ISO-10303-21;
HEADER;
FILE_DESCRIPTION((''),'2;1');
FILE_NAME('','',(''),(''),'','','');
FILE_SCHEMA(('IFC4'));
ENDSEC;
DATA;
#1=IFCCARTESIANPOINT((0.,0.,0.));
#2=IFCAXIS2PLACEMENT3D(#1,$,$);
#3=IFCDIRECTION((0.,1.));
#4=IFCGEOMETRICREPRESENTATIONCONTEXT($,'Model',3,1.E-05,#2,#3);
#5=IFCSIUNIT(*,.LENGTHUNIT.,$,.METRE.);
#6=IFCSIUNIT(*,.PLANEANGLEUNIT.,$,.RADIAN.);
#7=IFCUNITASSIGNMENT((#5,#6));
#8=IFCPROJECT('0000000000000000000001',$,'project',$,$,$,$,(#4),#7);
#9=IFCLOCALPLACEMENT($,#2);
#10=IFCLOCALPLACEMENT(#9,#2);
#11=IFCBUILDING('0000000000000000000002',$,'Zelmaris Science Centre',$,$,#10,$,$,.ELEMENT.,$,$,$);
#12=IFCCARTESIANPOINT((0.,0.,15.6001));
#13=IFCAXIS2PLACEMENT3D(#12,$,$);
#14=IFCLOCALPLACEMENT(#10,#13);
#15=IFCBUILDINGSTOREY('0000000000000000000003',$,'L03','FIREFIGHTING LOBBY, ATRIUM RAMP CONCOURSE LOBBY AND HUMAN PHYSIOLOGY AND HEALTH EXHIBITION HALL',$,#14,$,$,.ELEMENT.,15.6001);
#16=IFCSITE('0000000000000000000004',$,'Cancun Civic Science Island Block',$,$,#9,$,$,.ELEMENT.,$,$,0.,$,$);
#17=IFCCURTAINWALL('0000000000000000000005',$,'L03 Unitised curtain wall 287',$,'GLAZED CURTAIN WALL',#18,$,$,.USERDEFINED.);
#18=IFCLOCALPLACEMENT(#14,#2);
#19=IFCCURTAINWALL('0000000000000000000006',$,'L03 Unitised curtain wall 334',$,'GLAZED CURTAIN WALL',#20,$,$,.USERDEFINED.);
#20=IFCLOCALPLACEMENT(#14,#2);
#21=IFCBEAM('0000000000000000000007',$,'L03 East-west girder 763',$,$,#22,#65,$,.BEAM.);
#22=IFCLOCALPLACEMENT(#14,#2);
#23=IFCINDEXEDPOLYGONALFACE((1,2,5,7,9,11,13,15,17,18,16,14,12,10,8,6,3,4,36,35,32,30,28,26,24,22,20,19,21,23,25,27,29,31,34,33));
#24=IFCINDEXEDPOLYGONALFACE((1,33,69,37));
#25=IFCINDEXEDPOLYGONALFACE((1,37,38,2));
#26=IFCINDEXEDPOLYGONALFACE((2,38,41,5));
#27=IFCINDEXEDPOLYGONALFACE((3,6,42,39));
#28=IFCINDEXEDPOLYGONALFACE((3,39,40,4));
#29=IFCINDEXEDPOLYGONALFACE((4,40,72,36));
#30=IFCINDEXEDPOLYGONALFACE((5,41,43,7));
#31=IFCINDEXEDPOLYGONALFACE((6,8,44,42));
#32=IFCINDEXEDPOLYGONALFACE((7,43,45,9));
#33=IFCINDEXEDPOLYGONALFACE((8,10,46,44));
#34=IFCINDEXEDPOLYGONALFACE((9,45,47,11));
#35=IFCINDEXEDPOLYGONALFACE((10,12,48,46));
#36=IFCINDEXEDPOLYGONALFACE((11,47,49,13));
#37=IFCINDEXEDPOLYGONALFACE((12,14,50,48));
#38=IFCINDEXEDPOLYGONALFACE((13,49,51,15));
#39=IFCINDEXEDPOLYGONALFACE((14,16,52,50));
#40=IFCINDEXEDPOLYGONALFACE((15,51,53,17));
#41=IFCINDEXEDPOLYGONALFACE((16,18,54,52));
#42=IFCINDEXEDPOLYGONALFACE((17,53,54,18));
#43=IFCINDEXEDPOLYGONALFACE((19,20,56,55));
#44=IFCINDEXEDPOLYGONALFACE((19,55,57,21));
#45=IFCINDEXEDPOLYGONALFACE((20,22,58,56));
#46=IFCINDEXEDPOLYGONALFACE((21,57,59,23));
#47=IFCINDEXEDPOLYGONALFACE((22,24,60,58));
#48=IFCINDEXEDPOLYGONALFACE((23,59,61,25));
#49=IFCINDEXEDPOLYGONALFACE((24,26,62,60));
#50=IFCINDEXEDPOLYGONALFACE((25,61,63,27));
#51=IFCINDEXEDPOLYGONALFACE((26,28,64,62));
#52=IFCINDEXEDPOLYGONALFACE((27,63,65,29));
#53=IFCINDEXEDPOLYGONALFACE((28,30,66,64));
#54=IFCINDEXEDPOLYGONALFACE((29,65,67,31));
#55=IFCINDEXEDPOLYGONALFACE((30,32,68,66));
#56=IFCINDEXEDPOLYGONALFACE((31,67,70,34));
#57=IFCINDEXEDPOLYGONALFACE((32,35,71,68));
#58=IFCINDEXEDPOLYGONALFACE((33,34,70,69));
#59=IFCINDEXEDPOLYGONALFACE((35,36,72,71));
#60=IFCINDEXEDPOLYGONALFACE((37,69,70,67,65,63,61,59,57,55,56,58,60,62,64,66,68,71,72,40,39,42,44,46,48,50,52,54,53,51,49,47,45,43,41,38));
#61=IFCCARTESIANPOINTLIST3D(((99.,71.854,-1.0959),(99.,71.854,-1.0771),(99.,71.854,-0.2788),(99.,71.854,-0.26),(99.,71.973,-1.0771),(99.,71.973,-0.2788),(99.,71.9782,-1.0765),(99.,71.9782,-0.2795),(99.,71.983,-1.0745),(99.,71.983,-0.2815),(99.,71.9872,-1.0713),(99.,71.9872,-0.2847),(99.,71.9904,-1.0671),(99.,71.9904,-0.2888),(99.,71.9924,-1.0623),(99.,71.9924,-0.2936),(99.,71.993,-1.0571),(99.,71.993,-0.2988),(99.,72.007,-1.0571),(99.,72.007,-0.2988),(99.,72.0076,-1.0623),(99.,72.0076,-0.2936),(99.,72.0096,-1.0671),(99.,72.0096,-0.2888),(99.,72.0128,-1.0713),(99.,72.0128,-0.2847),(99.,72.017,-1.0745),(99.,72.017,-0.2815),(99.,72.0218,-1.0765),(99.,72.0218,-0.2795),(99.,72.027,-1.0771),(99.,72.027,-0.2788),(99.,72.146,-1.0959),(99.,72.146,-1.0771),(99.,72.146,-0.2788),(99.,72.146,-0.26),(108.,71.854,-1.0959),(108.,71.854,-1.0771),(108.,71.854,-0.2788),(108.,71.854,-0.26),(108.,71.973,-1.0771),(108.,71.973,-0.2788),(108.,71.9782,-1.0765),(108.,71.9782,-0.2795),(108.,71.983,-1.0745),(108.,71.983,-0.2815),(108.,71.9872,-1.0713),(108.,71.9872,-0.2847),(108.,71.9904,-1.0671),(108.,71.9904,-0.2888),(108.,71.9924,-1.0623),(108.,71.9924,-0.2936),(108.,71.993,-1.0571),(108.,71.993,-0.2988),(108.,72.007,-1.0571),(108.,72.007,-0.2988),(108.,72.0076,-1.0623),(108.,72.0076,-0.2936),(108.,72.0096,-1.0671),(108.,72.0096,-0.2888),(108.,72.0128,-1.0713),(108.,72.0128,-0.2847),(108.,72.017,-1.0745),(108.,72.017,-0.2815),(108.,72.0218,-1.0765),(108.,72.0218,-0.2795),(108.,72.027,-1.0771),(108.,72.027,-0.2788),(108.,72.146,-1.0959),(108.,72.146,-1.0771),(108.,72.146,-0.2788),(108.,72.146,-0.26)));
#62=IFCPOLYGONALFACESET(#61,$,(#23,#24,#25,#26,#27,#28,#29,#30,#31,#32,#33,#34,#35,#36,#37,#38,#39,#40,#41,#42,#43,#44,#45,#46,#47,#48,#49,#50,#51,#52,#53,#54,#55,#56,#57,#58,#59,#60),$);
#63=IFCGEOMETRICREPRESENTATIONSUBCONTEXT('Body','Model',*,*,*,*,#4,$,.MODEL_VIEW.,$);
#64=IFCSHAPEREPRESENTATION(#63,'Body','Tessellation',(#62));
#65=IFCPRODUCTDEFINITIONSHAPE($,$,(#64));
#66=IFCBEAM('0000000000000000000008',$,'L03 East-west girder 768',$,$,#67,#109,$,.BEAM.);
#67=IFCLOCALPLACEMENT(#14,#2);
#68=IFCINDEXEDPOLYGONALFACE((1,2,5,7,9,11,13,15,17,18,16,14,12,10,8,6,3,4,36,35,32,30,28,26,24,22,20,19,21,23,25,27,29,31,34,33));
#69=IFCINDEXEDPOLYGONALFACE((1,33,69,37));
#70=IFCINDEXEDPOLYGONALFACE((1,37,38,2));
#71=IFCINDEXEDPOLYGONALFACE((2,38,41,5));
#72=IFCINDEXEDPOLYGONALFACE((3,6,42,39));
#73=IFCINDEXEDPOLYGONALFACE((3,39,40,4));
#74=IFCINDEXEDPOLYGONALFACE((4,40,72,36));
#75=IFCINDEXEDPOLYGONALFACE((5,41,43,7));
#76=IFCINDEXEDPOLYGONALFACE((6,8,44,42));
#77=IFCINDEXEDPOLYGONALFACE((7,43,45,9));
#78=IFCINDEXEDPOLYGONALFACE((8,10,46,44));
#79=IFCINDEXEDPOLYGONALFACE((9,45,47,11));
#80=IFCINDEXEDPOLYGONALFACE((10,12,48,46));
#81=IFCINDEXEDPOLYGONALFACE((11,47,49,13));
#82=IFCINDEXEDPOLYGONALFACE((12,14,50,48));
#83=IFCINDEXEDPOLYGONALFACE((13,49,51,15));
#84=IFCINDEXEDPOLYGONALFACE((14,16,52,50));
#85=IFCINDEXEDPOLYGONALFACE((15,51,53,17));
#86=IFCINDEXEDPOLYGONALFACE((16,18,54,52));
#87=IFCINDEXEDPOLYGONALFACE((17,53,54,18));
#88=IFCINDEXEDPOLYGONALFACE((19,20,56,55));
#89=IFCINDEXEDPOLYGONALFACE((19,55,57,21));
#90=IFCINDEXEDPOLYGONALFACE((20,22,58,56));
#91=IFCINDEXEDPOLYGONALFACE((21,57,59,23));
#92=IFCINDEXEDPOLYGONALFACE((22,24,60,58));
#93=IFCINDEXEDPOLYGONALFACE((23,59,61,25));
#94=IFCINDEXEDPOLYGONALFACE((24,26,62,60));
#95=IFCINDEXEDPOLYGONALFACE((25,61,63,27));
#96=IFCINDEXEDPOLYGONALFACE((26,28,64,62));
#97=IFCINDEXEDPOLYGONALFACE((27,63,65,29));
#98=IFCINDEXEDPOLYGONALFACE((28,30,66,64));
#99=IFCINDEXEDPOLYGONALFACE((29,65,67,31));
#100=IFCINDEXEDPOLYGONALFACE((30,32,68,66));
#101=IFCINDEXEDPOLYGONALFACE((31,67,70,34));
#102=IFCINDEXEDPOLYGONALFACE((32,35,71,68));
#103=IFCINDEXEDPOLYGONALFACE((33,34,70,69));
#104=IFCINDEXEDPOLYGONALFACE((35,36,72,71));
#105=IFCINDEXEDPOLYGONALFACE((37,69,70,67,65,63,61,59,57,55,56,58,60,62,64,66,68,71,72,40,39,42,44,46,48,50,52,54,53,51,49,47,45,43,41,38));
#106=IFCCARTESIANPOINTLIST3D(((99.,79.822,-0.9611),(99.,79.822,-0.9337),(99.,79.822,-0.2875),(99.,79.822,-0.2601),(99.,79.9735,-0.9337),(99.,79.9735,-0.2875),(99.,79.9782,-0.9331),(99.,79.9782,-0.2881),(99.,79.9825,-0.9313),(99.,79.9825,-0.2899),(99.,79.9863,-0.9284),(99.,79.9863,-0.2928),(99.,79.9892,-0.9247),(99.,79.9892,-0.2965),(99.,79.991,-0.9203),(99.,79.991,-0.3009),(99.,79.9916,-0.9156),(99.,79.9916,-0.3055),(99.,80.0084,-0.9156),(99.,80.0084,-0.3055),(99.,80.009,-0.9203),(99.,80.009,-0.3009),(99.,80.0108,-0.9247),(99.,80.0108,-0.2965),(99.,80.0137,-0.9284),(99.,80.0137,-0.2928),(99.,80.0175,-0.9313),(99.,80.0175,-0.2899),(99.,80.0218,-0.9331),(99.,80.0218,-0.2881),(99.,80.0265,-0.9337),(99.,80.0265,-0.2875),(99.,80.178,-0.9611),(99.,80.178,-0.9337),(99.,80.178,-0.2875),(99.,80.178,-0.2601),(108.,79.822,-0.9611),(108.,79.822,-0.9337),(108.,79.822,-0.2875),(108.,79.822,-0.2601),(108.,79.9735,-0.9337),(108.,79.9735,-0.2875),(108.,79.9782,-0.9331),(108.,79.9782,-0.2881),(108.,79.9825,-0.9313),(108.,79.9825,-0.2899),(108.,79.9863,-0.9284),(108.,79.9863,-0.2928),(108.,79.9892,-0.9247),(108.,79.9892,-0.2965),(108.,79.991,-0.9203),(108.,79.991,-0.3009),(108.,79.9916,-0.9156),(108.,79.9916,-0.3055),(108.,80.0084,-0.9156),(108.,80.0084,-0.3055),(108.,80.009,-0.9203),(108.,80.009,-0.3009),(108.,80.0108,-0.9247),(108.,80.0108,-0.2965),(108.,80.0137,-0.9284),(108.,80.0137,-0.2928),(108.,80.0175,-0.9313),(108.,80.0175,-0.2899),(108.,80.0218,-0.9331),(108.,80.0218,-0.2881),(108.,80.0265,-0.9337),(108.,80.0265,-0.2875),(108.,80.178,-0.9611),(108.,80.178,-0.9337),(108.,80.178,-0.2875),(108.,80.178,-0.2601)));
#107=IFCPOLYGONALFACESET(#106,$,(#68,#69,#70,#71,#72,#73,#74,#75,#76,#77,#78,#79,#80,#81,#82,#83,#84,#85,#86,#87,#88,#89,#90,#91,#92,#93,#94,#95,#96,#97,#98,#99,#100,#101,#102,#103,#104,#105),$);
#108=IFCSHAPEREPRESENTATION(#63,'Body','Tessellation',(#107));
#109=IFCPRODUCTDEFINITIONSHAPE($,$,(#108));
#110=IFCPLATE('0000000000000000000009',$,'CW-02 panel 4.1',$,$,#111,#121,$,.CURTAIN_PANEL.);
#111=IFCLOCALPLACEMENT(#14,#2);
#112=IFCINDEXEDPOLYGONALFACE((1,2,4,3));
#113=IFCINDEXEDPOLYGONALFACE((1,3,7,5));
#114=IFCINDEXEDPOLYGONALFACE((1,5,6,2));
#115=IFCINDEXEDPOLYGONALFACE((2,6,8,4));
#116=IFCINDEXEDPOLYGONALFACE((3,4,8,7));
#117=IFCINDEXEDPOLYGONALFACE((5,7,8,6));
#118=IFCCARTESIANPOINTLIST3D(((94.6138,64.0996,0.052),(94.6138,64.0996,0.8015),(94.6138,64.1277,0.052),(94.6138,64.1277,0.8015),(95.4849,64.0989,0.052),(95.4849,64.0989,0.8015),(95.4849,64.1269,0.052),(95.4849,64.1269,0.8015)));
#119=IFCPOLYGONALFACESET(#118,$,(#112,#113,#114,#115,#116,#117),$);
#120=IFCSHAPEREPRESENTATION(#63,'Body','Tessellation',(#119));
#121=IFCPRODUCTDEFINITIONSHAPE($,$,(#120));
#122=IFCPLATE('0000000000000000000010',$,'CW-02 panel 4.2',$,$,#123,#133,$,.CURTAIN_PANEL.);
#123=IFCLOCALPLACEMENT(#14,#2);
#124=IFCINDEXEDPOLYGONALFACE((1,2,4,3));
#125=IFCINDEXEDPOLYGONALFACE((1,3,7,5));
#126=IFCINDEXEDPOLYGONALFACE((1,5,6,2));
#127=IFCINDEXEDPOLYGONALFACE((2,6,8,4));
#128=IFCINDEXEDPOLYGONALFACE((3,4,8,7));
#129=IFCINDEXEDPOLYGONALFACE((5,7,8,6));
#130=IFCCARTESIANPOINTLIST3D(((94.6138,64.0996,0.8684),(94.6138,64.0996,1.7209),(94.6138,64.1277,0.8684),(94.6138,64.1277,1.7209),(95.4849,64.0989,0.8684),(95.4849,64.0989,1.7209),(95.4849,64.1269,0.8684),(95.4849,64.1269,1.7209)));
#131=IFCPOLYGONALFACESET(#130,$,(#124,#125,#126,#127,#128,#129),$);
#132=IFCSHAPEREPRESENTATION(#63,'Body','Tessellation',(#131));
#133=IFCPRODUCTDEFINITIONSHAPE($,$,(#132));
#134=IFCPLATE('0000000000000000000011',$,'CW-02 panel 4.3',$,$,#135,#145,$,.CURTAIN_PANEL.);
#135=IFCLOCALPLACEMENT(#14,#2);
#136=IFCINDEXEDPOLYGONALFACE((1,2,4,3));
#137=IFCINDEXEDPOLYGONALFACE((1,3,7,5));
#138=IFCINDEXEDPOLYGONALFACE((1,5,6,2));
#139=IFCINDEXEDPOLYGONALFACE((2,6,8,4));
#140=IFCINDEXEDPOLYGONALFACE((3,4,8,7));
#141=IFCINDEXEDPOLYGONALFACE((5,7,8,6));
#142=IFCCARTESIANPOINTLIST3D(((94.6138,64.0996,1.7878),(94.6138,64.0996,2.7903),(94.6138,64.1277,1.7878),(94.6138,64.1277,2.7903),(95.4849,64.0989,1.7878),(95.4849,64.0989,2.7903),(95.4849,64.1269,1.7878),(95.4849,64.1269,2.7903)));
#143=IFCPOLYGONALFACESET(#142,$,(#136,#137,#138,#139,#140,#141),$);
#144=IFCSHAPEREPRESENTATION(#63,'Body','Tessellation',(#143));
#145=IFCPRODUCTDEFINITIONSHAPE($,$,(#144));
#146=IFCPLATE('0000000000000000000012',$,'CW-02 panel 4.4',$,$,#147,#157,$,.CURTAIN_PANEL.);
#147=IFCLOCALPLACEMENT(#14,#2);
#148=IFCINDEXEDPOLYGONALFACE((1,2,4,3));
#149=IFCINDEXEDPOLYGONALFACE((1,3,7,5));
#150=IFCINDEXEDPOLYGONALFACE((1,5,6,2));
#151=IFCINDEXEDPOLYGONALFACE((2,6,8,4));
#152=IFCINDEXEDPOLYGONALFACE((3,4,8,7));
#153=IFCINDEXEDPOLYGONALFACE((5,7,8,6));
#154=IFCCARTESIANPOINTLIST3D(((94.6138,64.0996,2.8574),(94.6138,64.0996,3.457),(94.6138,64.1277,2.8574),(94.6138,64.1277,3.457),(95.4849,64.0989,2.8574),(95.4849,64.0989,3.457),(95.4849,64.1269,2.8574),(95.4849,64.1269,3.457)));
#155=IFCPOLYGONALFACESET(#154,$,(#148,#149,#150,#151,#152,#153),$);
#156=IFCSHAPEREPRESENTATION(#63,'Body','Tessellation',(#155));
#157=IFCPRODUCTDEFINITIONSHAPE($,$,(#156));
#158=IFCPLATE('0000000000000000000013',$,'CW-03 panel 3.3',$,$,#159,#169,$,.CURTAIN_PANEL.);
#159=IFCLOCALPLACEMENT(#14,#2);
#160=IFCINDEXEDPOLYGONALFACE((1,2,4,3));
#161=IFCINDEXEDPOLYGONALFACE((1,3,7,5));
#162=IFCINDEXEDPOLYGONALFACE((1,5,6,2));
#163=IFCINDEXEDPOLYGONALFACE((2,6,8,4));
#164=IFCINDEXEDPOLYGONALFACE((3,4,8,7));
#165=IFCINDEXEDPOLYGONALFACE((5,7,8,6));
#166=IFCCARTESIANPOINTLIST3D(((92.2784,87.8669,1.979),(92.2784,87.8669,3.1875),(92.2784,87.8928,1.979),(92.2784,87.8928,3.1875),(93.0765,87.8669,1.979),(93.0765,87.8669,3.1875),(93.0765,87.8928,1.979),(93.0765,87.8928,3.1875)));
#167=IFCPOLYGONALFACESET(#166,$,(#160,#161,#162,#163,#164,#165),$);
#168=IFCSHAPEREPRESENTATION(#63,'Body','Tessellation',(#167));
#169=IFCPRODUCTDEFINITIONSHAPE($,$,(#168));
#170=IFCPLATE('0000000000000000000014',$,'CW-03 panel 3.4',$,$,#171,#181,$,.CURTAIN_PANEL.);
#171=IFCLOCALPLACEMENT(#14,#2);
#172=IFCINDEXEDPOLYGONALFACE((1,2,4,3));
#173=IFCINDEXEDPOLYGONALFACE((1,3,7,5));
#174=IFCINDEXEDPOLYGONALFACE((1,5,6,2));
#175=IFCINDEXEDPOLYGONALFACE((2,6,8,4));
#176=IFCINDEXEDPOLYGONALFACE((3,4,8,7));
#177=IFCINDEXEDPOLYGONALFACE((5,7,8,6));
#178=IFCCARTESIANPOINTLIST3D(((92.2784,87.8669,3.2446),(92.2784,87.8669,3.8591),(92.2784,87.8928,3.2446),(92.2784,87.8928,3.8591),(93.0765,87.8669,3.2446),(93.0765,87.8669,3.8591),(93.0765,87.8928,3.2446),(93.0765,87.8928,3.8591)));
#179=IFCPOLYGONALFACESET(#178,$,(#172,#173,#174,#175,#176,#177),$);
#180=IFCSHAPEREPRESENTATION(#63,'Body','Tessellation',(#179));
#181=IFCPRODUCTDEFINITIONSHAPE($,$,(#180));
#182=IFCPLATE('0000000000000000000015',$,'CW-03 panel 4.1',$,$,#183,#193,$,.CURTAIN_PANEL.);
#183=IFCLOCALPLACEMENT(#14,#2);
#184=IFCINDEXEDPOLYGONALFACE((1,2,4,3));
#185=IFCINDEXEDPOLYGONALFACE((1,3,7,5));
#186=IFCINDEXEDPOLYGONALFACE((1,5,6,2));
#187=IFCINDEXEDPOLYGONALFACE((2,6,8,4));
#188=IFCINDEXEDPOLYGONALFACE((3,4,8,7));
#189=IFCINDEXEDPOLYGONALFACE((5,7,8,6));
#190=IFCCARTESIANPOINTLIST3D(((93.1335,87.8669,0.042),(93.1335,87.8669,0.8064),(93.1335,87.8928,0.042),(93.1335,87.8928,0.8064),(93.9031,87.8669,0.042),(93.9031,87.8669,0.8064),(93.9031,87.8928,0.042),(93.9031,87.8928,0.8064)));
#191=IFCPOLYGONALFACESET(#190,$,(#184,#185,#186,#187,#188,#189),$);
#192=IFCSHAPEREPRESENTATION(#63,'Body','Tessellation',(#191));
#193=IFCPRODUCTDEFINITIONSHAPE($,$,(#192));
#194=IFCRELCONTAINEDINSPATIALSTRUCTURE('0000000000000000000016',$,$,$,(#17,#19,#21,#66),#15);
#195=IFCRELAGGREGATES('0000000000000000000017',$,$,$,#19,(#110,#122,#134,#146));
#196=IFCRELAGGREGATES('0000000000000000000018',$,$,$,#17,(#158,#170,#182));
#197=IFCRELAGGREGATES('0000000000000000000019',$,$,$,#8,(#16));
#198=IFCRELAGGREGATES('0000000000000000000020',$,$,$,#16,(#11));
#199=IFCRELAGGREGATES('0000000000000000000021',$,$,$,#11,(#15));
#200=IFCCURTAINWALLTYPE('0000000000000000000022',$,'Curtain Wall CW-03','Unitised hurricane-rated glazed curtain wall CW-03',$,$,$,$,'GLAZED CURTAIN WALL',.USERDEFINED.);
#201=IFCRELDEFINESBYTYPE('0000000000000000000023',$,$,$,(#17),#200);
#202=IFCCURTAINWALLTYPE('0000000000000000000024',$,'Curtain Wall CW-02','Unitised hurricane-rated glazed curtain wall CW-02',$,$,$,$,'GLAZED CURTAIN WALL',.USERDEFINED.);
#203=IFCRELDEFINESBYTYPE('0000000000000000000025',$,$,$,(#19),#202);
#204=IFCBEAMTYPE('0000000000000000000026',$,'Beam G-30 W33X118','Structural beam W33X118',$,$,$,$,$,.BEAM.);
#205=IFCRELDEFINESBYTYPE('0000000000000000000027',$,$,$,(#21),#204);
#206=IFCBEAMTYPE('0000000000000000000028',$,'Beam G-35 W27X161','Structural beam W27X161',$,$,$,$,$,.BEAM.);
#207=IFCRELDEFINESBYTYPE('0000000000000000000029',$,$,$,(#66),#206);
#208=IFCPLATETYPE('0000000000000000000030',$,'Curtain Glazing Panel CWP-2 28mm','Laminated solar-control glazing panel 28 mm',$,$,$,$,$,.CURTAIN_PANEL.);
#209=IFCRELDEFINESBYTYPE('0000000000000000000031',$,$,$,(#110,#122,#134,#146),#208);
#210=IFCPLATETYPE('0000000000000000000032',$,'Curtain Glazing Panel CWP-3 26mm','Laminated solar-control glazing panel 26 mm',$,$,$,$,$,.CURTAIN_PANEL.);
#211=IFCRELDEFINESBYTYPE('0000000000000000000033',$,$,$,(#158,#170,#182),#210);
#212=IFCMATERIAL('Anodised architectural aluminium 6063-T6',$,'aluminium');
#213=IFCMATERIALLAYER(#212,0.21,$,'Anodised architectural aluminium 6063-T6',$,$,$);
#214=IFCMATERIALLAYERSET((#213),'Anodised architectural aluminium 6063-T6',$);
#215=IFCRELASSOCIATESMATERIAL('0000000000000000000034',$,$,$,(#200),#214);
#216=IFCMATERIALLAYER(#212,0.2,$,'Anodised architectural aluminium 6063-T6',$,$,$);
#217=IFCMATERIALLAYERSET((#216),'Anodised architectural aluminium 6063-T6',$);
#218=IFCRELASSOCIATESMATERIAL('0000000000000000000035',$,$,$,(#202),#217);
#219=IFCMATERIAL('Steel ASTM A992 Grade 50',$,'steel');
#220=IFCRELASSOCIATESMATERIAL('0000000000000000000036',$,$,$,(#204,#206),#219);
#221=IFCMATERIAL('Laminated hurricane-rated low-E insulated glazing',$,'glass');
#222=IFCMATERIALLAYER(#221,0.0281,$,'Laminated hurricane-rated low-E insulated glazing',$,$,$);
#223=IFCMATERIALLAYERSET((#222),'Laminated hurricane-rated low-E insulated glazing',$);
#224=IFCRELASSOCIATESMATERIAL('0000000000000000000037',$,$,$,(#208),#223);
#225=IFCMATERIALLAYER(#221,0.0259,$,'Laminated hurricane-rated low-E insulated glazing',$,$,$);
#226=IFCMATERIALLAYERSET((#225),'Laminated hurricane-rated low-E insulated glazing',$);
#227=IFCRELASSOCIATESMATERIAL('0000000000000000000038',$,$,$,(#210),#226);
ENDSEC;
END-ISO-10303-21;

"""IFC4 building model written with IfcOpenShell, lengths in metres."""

from ifc_helpers import new_model, si_unit, direction, frame, origin, origin_2d, place, context, subcontext, project, spatial, rectangle, i_section, extrude, material, layer, layer_set, material_profile, profile_set, type_object, element, aggregate, save


model = new_model("IFC4")

# Units and contexts
model_context = context("Model", 3, precision=1e-05, world=origin(), true_north=direction((0.0, 1.0)))
body_context = subcontext(model_context, "Body", "Model", "MODEL_VIEW")
ifc_project = project(units=[si_unit("LENGTHUNIT", "METRE"), si_unit("PLANEANGLEUNIT", "RADIAN")], contexts=[model_context])

# Site, building, storey
site_placement = place(None, origin())
site = spatial("IfcSite", under=ifc_project, at=site_placement, Name="Cancun Civic Science Island Block", CompositionType="ELEMENT", RefElevation=0.0)
building_placement = place(site_placement, origin())
building = spatial("IfcBuilding", under=site, at=building_placement, Name="Zelmaris Science Centre", CompositionType="ELEMENT")
storey_placement = place(building_placement, frame((0.0, 0.0, 15.6001)))
storey = spatial("IfcBuildingStorey", under=building, at=storey_placement, Name="L03", Description="FIREFIGHTING LOBBY, ATRIUM RAMP CONCOURSE LOBBY AND HUMAN PHYSIOLOGY AND HEALTH EXHIBITION HALL", CompositionType="ELEMENT", Elevation=15.6001)

# Shared definitions
ifc_material_1 = material(Name="Steel ASTM A992 Grade 50", Category="steel")

# Curtain walls
ifc_material_2 = material(Name="Anodised architectural aluminium 6063-T6", Category="aluminium")
ifc_layer_1 = layer(ifc_material_2, 0.21, Name="Anodised architectural aluminium 6063-T6")
ifc_layer_set_1 = layer_set([ifc_layer_1], Name="Anodised architectural aluminium 6063-T6")
curtain_wall_type_1 = type_object("IfcCurtainWallType", Name="Curtain Wall CW-03", Description="Unitised hurricane-rated glazed curtain wall CW-03", ElementType="GLAZED CURTAIN WALL", PredefinedType="USERDEFINED", material=ifc_layer_set_1)
curtain_wall_1_placement = place(storey_placement, origin())
curtain_wall_1 = element("IfcCurtainWall", 1, at=curtain_wall_1_placement, inside=storey, type_object=curtain_wall_type_1, Name="L03 Unitised curtain wall 287", ObjectType="GLAZED CURTAIN WALL", PredefinedType="USERDEFINED")
ifc_layer_2 = layer(ifc_material_2, 0.2, Name="Anodised architectural aluminium 6063-T6")
ifc_layer_set_2 = layer_set([ifc_layer_2], Name="Anodised architectural aluminium 6063-T6")
curtain_wall_type_2 = type_object("IfcCurtainWallType", Name="Curtain Wall CW-02", Description="Unitised hurricane-rated glazed curtain wall CW-02", ElementType="GLAZED CURTAIN WALL", PredefinedType="USERDEFINED", material=ifc_layer_set_2)
curtain_wall_2_placement = place(storey_placement, origin())
curtain_wall_2 = element("IfcCurtainWall", 2, at=curtain_wall_2_placement, inside=storey, type_object=curtain_wall_type_2, Name="L03 Unitised curtain wall 334", ObjectType="GLAZED CURTAIN WALL", PredefinedType="USERDEFINED")

# Beams
ifc_material_profile_1 = material_profile(ifc_material_1, i_section(OverallWidth=0.292, OverallDepth=0.8359, WebThickness=0.0139, FlangeThickness=0.0188, FilletRadius=0.02, at=origin_2d()), Name="W33X118")
ifc_profile_set_1 = profile_set([ifc_material_profile_1], Name="Steel ASTM A992 Grade 50")
beam_type_1 = type_object("IfcBeamType", Name="Beam G-30 W33X118", Description="Structural beam W33X118", PredefinedType="BEAM", material=ifc_profile_set_1)
beam_1_placement = place(storey_placement, frame((99.0, 72.0, -0.678), z_axis=(1.0, 0.0, 0.0), x_axis=(0.0, 1.0, 0.0)))
element("IfcBeam", 3, at=beam_1_placement, inside=storey, type_object=beam_type_1, Name="L03 East-west girder 763", PredefinedType="BEAM", context=body_context, shape_type="SweptSolid", body=[
    extrude(i_section(OverallWidth=0.292, OverallDepth=0.8359, WebThickness=0.0139, FlangeThickness=0.0188, FilletRadius=0.02, at=origin_2d()), origin(), (0.0, 0.0, 1.0), 9.0),
])
ifc_material_profile_2 = material_profile(ifc_material_1, i_section(OverallWidth=0.356, OverallDepth=0.7009, WebThickness=0.0168, FlangeThickness=0.0273, FilletRadius=0.0181, at=origin_2d()), Name="W27X161")
ifc_profile_set_2 = profile_set([ifc_material_profile_2], Name="Steel ASTM A992 Grade 50")
beam_type_2 = type_object("IfcBeamType", Name="Beam G-35 W27X161", Description="Structural beam W27X161", PredefinedType="BEAM", material=ifc_profile_set_2)
beam_2_placement = place(storey_placement, frame((99.0, 80.0, -0.6106), z_axis=(1.0, 0.0, 0.0), x_axis=(0.0, 1.0, 0.0)))
element("IfcBeam", 4, at=beam_2_placement, inside=storey, type_object=beam_type_2, Name="L03 East-west girder 768", PredefinedType="BEAM", context=body_context, shape_type="SweptSolid", body=[
    extrude(i_section(OverallWidth=0.356, OverallDepth=0.7009, WebThickness=0.0168, FlangeThickness=0.0273, FilletRadius=0.0181, at=origin_2d()), origin(), (0.0, 0.0, 1.0), 9.0),
])

# Plates
ifc_material_3 = material(Name="Laminated hurricane-rated low-E insulated glazing", Category="glass")
ifc_layer_3 = layer(ifc_material_3, 0.0281, Name="Laminated hurricane-rated low-E insulated glazing")
ifc_layer_set_3 = layer_set([ifc_layer_3], Name="Laminated hurricane-rated low-E insulated glazing")
plate_type_1 = type_object("IfcPlateType", Name="Curtain Glazing Panel CWP-2 28mm", Description="Laminated solar-control glazing panel 28 mm", PredefinedType="CURTAIN_PANEL", material=ifc_layer_set_3)
plate_1_placement = place(storey_placement, frame((95.0493, 64.1133, 0.052), z_axis=(0.0, 0.0, 1.0), x_axis=(-1.0, 0.000849, 0.0)))
plate_1 = element("IfcPlate", 5, at=plate_1_placement, type_object=plate_type_1, Name="CW-02 panel 4.1", PredefinedType="CURTAIN_PANEL", context=body_context, shape_type="SweptSolid", body=[
    extrude(rectangle(XDim=0.8711, YDim=0.0281, at=origin_2d()), origin(), (0.0, 0.0, 1.0), 0.7495),
])
plate_2_placement = place(storey_placement, frame((95.0493, 64.1133, 0.8684), z_axis=(0.0, 0.0, 1.0), x_axis=(-1.0, 0.000849, 0.0)))
plate_2 = element("IfcPlate", 6, at=plate_2_placement, type_object=plate_type_1, Name="CW-02 panel 4.2", PredefinedType="CURTAIN_PANEL", context=body_context, shape_type="SweptSolid", body=[
    extrude(rectangle(XDim=0.8711, YDim=0.0281, at=origin_2d()), origin(), (0.0, 0.0, 1.0), 0.8525),
])
plate_3_placement = place(storey_placement, frame((95.0493, 64.1133, 1.7878), z_axis=(0.0, 0.0, 1.0), x_axis=(-1.0, 0.000849, 0.0)))
plate_3 = element("IfcPlate", 7, at=plate_3_placement, type_object=plate_type_1, Name="CW-02 panel 4.3", PredefinedType="CURTAIN_PANEL", context=body_context, shape_type="SweptSolid", body=[
    extrude(rectangle(XDim=0.8711, YDim=0.0281, at=origin_2d()), origin(), (0.0, 0.0, 1.0), 1.0024),
])
plate_4_placement = place(storey_placement, frame((95.0493, 64.1133, 2.8574), z_axis=(0.0, 0.0, 1.0), x_axis=(-1.0, 0.000849, 0.0)))
plate_4 = element("IfcPlate", 8, at=plate_4_placement, type_object=plate_type_1, Name="CW-02 panel 4.4", PredefinedType="CURTAIN_PANEL", context=body_context, shape_type="SweptSolid", body=[
    extrude(rectangle(XDim=0.8711, YDim=0.0281, at=origin_2d()), origin(), (0.0, 0.0, 1.0), 0.5996),
])
aggregate(curtain_wall_2, [plate_1, plate_2, plate_3, plate_4])
ifc_layer_4 = layer(ifc_material_3, 0.0259, Name="Laminated hurricane-rated low-E insulated glazing")
ifc_layer_set_4 = layer_set([ifc_layer_4], Name="Laminated hurricane-rated low-E insulated glazing")
plate_type_2 = type_object("IfcPlateType", Name="Curtain Glazing Panel CWP-3 26mm", Description="Laminated solar-control glazing panel 26 mm", PredefinedType="CURTAIN_PANEL", material=ifc_layer_set_4)
plate_5_placement = place(storey_placement, frame((92.6775, 87.8799, 1.979), z_axis=(0.0, 0.0, 1.0), x_axis=(1.0, 0.0, 0.0)))
plate_5 = element("IfcPlate", 9, at=plate_5_placement, type_object=plate_type_2, Name="CW-03 panel 3.3", PredefinedType="CURTAIN_PANEL", context=body_context, shape_type="SweptSolid", body=[
    extrude(rectangle(XDim=0.7981, YDim=0.0259, at=origin_2d()), origin(), (0.0, 0.0, 1.0), 1.2085),
])
plate_6_placement = place(storey_placement, frame((92.6775, 87.8799, 3.2446), z_axis=(0.0, 0.0, 1.0), x_axis=(1.0, 0.0, 0.0)))
plate_6 = element("IfcPlate", 10, at=plate_6_placement, type_object=plate_type_2, Name="CW-03 panel 3.4", PredefinedType="CURTAIN_PANEL", context=body_context, shape_type="SweptSolid", body=[
    extrude(rectangle(XDim=0.7981, YDim=0.0259, at=origin_2d()), origin(), (0.0, 0.0, 1.0), 0.6145),
])
plate_7_placement = place(storey_placement, frame((93.5183, 87.8799, 0.042), z_axis=(0.0, 0.0, 1.0), x_axis=(1.0, 0.0, 0.0)))
plate_7 = element("IfcPlate", 11, at=plate_7_placement, type_object=plate_type_2, Name="CW-03 panel 4.1", PredefinedType="CURTAIN_PANEL", context=body_context, shape_type="SweptSolid", body=[
    extrude(rectangle(XDim=0.7695, YDim=0.0259, at=origin_2d()), origin(), (0.0, 0.0, 1.0), 0.7644),
])
aggregate(curtain_wall_1, [plate_5, plate_6, plate_7])

save(model, "model.ifc")
